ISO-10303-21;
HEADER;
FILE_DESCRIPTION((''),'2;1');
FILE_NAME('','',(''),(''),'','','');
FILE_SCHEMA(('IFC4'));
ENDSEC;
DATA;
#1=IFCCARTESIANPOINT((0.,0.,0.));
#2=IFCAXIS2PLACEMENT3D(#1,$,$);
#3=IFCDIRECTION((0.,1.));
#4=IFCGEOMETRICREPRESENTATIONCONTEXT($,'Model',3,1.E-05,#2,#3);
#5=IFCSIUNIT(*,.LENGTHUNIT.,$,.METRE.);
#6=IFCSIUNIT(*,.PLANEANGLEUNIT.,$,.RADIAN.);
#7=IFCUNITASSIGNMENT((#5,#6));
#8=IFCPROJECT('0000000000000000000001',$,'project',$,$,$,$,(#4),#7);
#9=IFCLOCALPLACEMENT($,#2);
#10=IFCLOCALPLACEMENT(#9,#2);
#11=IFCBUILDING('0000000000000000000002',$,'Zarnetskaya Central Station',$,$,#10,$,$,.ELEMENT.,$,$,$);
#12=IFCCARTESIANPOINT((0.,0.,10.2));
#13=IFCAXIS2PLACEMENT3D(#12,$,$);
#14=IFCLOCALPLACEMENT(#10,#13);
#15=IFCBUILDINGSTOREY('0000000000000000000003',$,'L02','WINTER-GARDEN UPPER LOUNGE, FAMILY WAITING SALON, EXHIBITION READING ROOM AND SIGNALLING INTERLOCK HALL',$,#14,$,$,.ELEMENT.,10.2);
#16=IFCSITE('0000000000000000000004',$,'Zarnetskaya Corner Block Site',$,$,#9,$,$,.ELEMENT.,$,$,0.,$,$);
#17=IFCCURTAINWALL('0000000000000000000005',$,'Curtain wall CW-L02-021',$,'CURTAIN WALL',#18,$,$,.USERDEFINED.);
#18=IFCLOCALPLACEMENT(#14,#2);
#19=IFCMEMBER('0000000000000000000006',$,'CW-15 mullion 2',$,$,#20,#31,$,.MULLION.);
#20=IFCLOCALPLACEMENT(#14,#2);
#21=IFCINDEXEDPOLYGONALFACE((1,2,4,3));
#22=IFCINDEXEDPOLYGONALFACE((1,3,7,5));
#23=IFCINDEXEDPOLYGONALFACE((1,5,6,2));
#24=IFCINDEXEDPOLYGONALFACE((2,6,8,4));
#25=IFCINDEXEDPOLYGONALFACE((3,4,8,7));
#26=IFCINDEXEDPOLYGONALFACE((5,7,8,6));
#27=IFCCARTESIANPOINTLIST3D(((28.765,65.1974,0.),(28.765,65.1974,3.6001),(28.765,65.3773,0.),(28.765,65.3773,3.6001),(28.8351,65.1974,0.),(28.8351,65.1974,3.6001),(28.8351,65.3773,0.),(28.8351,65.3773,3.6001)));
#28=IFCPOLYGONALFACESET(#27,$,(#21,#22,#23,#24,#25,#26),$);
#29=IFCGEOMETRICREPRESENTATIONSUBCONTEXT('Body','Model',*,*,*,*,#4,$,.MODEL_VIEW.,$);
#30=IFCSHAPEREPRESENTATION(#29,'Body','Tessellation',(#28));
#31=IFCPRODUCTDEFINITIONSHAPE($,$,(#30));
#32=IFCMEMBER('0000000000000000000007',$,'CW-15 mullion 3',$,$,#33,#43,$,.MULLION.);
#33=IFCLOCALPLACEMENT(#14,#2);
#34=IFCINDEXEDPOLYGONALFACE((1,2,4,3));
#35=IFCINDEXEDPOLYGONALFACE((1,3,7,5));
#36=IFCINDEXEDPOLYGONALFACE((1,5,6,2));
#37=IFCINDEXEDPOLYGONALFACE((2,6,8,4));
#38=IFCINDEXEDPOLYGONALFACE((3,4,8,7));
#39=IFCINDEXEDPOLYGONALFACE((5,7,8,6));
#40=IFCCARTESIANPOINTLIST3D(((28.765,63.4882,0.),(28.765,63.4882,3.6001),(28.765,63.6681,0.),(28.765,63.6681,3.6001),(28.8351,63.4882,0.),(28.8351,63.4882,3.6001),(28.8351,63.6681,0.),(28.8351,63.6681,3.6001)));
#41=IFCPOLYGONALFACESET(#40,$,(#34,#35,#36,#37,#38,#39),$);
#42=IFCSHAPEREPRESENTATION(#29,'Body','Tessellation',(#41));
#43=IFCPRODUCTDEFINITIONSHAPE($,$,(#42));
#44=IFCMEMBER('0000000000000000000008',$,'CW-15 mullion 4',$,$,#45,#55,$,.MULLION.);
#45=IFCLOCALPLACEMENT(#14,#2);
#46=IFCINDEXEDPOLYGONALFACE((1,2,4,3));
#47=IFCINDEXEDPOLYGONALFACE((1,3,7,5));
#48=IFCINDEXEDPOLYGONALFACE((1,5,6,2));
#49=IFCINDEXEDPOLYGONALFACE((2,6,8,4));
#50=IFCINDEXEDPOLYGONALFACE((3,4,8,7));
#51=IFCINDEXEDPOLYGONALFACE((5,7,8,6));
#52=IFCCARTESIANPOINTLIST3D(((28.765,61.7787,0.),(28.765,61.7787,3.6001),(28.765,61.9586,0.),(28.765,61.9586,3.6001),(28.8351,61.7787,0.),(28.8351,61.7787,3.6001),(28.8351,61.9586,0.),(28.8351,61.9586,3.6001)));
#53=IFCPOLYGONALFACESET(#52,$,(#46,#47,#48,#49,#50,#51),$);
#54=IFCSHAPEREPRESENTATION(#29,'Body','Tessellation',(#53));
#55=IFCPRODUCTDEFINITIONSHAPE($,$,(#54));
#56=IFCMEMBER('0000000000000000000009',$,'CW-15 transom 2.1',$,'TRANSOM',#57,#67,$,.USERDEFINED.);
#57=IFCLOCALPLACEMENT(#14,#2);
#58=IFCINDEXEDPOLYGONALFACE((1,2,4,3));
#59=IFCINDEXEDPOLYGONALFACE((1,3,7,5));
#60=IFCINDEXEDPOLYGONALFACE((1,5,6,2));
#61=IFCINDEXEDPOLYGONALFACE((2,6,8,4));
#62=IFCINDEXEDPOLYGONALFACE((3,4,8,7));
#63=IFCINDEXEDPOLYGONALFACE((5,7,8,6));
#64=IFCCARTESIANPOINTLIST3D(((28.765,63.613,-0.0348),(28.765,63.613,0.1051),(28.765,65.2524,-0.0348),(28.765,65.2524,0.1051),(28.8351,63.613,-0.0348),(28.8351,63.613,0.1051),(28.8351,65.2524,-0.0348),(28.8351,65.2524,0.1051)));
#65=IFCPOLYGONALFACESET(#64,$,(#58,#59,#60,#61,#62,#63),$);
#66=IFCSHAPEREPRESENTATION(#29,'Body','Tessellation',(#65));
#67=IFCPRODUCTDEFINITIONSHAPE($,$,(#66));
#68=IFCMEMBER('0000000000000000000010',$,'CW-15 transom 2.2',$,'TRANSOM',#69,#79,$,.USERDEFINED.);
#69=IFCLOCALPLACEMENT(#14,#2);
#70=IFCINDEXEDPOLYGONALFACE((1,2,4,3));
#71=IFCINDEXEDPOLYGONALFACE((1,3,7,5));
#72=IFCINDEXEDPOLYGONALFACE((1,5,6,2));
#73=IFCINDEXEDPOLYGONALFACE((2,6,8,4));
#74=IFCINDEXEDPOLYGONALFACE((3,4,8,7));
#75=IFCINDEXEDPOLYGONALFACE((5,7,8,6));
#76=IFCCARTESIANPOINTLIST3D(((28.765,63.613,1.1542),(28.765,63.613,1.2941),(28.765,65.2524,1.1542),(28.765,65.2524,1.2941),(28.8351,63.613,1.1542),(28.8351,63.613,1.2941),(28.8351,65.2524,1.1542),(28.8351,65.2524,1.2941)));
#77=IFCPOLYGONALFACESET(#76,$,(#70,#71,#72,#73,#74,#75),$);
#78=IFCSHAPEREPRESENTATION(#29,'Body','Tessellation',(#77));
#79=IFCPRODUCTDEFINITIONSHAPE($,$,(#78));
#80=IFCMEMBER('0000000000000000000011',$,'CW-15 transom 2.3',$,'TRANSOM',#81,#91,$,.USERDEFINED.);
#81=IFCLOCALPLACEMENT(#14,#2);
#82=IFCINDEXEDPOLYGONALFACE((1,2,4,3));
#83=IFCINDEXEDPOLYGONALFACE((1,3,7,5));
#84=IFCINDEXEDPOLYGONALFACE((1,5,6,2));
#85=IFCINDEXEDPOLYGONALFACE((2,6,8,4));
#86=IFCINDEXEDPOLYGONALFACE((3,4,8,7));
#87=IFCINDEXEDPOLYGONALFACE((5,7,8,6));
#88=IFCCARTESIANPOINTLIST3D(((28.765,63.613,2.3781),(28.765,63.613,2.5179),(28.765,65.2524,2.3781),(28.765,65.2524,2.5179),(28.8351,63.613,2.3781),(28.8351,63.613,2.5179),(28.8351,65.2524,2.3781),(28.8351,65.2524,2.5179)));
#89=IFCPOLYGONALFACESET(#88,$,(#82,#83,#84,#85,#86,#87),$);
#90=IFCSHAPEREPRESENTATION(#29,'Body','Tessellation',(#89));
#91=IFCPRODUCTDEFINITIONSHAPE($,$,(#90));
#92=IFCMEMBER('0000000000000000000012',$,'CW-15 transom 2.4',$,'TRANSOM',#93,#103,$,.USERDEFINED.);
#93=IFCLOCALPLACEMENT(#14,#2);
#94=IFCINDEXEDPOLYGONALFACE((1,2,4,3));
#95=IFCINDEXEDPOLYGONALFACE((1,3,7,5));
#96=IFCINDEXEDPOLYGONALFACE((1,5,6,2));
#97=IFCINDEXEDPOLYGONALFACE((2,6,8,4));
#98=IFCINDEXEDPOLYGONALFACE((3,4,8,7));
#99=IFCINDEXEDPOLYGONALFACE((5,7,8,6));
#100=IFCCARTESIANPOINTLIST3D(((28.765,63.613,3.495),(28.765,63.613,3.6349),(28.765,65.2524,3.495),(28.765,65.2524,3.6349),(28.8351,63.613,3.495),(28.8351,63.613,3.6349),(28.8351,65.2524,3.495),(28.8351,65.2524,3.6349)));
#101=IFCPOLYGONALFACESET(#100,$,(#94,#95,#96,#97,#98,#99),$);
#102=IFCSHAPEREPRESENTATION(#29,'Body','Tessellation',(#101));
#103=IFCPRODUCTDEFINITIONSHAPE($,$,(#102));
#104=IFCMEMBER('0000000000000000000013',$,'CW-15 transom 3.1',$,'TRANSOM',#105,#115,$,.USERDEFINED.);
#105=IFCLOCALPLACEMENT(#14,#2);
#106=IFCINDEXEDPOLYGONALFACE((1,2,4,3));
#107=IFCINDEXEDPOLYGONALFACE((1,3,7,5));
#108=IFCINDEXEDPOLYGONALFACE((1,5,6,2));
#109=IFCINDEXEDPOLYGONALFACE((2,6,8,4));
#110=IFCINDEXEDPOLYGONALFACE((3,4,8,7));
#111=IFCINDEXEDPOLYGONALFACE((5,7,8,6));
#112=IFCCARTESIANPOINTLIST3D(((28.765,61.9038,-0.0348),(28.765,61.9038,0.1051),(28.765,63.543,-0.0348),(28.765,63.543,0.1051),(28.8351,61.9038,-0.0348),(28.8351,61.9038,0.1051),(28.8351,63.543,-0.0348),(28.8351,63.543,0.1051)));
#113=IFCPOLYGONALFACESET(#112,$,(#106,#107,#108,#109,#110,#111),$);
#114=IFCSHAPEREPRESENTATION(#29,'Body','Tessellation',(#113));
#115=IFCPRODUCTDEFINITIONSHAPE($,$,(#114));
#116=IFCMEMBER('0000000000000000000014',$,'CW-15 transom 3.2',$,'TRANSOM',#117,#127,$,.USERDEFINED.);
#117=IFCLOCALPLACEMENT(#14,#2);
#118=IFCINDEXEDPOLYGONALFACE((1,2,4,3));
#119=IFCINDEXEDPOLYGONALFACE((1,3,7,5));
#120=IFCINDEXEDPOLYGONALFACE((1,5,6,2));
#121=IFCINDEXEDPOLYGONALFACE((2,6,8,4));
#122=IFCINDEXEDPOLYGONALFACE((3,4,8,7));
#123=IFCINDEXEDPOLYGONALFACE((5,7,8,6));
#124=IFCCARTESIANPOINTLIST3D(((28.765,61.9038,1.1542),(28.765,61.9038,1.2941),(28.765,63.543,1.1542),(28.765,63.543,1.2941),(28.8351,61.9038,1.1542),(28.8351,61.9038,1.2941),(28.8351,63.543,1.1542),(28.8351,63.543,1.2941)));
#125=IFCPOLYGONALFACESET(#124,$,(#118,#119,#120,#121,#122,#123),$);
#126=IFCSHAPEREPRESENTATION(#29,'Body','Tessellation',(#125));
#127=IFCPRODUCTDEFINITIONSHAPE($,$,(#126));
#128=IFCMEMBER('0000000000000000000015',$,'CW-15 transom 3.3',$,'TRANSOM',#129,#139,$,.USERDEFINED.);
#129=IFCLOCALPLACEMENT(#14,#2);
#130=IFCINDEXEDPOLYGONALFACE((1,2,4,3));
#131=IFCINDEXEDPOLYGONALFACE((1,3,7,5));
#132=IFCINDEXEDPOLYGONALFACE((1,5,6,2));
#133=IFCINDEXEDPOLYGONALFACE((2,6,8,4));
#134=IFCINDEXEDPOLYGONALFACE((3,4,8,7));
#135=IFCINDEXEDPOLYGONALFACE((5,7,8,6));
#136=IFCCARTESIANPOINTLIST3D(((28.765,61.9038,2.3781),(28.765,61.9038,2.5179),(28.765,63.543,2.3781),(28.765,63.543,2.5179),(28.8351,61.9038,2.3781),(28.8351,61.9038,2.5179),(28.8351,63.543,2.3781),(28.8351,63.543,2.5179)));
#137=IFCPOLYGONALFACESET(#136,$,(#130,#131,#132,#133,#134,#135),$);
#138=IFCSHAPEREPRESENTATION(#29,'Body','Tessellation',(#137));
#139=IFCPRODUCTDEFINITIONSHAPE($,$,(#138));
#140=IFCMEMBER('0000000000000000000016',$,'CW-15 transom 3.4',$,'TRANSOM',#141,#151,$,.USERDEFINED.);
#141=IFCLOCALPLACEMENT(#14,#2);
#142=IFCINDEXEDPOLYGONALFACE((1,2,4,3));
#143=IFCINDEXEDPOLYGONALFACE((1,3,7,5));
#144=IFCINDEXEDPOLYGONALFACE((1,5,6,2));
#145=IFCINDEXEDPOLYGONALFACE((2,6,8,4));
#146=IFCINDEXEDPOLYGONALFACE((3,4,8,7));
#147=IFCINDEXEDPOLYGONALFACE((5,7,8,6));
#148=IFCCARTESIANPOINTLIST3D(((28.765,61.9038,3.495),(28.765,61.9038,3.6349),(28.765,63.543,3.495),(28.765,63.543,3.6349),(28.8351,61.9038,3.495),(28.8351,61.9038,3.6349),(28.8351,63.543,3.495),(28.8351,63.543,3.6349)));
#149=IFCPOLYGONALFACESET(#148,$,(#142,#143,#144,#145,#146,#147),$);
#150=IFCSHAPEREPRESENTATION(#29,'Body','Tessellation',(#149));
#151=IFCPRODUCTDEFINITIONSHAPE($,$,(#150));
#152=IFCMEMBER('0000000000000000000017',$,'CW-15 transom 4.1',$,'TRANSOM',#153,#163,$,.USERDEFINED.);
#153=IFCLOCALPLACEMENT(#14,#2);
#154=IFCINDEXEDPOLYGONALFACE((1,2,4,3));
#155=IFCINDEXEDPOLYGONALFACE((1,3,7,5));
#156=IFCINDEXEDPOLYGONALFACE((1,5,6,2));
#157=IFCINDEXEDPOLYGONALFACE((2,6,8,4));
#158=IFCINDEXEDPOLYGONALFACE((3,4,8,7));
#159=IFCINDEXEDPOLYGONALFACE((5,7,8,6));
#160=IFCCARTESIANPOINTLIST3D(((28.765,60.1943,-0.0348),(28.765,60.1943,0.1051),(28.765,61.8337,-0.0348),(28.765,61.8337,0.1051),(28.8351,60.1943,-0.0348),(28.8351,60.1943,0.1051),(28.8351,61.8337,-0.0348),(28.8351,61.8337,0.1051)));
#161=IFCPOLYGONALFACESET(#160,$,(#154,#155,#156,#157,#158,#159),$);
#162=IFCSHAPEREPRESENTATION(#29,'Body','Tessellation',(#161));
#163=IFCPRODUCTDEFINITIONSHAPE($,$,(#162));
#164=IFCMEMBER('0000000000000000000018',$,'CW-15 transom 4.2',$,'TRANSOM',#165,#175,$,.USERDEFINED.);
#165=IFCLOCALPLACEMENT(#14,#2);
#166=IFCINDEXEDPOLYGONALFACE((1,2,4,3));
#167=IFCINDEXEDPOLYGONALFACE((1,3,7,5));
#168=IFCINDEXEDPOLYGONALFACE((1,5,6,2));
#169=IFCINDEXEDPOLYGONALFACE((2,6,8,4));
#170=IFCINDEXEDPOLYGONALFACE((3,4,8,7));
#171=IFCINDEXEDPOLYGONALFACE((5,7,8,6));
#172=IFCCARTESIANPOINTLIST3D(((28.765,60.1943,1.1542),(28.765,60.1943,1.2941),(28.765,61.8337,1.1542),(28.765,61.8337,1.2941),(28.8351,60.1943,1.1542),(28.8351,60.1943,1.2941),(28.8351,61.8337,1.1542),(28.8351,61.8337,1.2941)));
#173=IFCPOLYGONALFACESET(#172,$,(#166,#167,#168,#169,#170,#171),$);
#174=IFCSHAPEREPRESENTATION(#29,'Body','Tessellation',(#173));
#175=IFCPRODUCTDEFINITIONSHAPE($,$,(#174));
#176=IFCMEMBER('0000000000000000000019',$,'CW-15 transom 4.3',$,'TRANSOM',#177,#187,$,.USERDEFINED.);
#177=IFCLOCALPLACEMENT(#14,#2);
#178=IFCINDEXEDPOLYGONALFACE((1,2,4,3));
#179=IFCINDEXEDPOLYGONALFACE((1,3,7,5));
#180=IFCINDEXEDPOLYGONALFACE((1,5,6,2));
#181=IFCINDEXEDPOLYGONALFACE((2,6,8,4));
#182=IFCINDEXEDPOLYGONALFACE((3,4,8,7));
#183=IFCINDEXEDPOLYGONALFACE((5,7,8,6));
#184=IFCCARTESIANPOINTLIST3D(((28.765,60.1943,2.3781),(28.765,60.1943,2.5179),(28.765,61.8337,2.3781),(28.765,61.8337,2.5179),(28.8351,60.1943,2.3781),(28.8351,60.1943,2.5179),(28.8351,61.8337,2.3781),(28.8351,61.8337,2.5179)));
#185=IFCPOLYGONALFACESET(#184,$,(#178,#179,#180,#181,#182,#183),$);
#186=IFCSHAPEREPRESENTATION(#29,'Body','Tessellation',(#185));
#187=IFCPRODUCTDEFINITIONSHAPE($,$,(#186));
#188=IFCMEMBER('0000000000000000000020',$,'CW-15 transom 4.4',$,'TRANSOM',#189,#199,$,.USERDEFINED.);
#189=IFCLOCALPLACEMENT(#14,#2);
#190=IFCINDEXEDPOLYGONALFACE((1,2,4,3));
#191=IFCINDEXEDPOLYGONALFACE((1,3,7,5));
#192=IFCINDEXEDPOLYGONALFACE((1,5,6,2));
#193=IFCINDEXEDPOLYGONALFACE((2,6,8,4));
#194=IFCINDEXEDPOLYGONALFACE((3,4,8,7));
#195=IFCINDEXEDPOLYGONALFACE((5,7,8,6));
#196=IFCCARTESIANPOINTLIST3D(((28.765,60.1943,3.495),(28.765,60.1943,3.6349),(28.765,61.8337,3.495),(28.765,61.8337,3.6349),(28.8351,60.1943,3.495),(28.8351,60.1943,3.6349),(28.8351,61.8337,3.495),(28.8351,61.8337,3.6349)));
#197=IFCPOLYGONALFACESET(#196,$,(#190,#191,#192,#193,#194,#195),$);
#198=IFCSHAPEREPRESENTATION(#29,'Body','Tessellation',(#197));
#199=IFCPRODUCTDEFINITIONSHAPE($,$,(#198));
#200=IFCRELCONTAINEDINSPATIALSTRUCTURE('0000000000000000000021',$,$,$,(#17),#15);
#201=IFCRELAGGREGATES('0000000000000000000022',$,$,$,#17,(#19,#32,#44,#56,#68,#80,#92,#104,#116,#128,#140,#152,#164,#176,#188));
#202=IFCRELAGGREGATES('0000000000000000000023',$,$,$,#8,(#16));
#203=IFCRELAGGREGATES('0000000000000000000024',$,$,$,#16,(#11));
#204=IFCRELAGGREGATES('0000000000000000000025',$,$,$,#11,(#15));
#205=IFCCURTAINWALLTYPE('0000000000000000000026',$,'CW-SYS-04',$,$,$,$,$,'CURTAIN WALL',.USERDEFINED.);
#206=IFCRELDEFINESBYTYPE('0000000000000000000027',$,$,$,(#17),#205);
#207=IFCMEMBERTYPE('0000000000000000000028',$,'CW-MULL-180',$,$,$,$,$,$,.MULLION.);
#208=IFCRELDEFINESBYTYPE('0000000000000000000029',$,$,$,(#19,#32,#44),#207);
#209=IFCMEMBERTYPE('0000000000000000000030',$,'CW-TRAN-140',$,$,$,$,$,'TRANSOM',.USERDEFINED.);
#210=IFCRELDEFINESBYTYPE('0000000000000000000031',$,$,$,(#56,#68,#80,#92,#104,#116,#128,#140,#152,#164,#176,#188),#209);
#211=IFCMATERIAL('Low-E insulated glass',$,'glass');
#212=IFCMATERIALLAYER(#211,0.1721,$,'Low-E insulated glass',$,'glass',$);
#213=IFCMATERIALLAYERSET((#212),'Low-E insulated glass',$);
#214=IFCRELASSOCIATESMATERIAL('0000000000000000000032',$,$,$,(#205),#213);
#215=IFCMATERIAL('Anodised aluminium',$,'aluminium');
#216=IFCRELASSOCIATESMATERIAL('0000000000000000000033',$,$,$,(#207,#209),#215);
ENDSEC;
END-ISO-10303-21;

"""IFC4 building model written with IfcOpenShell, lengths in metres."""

from ifc_helpers import new_model, si_unit, direction, frame, origin, origin_2d, place, context, subcontext, project, spatial, rectangle, extrude, material, layer, layer_set, material_profile, profile_set, type_object, element, aggregate, save


model = new_model("IFC4")

# Units and contexts
model_context = context("Model", 3, precision=1e-05, world=origin(), true_north=direction((0.0, 1.0)))
body_context = subcontext(model_context, "Body", "Model", "MODEL_VIEW")
ifc_project = project(units=[si_unit("LENGTHUNIT", "METRE"), si_unit("PLANEANGLEUNIT", "RADIAN")], contexts=[model_context])

# Site, building, storey
site_placement = place(None, origin())
site = spatial("IfcSite", under=ifc_project, at=site_placement, Name="Zarnetskaya Corner Block Site", CompositionType="ELEMENT", RefElevation=0.0)
building_placement = place(site_placement, origin())
building = spatial("IfcBuilding", under=site, at=building_placement, Name="Zarnetskaya Central Station", CompositionType="ELEMENT")
storey_placement = place(building_placement, frame((0.0, 0.0, 10.2)))
storey = spatial("IfcBuildingStorey", under=building, at=storey_placement, Name="L02", Description="WINTER-GARDEN UPPER LOUNGE, FAMILY WAITING SALON, EXHIBITION READING ROOM AND SIGNALLING INTERLOCK HALL", CompositionType="ELEMENT", Elevation=10.2)

# Curtain wall, members
ifc_material_1 = material(Name="Low-E insulated glass", Category="glass")
ifc_layer_1 = layer(ifc_material_1, 0.1721, Name="Low-E insulated glass", Category="glass")
ifc_layer_set_1 = layer_set([ifc_layer_1], Name="Low-E insulated glass")
curtain_wall_type = type_object("IfcCurtainWallType", Name="CW-SYS-04", ElementType="CURTAIN WALL", PredefinedType="USERDEFINED", material=ifc_layer_set_1)
curtain_wall_placement = place(storey_placement, origin())
curtain_wall = element("IfcCurtainWall", 1, at=curtain_wall_placement, inside=storey, type_object=curtain_wall_type, Name="Curtain wall CW-L02-021", ObjectType="CURTAIN WALL", PredefinedType="USERDEFINED")
ifc_material_2 = material(Name="Anodised aluminium", Category="aluminium")
ifc_material_profile_1 = material_profile(ifc_material_2, rectangle(XDim=0.0701, YDim=0.1799, at=origin_2d()), Name="ALU MULL 70x180")
ifc_profile_set_1 = profile_set([ifc_material_profile_1], Name="Anodised aluminium")
member_type_1 = type_object("IfcMemberType", Name="CW-MULL-180", PredefinedType="MULLION", material=ifc_profile_set_1)
member_1_placement = place(storey_placement, frame((28.8, 65.2874, 0.0), z_axis=(0.0, 0.0, 1.0), x_axis=(1.0, 0.0, 0.0)))
member_1 = element("IfcMember", 2, at=member_1_placement, type_object=member_type_1, Name="CW-15 mullion 2", PredefinedType="MULLION", context=body_context, shape_type="SweptSolid", body=[
    extrude(rectangle(XDim=0.0701, YDim=0.1799, at=origin_2d()), origin(), (0.0, 0.0, 1.0), 3.6001),
])
member_2_placement = place(storey_placement, frame((28.8, 63.5781, 0.0), z_axis=(0.0, 0.0, 1.0), x_axis=(1.0, 0.0, 0.0)))
member_2 = element("IfcMember", 3, at=member_2_placement, type_object=member_type_1, Name="CW-15 mullion 3", PredefinedType="MULLION", context=body_context, shape_type="SweptSolid", body=[
    extrude(rectangle(XDim=0.0701, YDim=0.1799, at=origin_2d()), origin(), (0.0, 0.0, 1.0), 3.6001),
])
member_3_placement = place(storey_placement, frame((28.8, 61.8687, 0.0), z_axis=(0.0, 0.0, 1.0), x_axis=(1.0, 0.0, 0.0)))
member_3 = element("IfcMember", 4, at=member_3_placement, type_object=member_type_1, Name="CW-15 mullion 4", PredefinedType="MULLION", context=body_context, shape_type="SweptSolid", body=[
    extrude(rectangle(XDim=0.0701, YDim=0.1799, at=origin_2d()), origin(), (0.0, 0.0, 1.0), 3.6001),
])
ifc_material_profile_2 = material_profile(ifc_material_2, rectangle(XDim=0.0701, YDim=0.1399, at=origin_2d()), Name="ALU TRAN 70x140")
ifc_profile_set_2 = profile_set([ifc_material_profile_2], Name="Anodised aluminium")
member_type_2 = type_object("IfcMemberType", Name="CW-TRAN-140", ElementType="TRANSOM", PredefinedType="USERDEFINED", material=ifc_profile_set_2)
member_4_placement = place(storey_placement, frame((28.8, 65.2524, 0.0352), z_axis=(0.0, -1.0, 0.0), x_axis=(1.0, 0.0, 0.0)))
member_4 = element("IfcMember", 5, at=member_4_placement, type_object=member_type_2, Name="CW-15 transom 2.1", ObjectType="TRANSOM", PredefinedType="USERDEFINED", context=body_context, shape_type="SweptSolid", body=[
    extrude(rectangle(XDim=0.0701, YDim=0.1399, at=origin_2d()), origin(), (0.0, 0.0, 1.0), 1.6394),
])
member_5_placement = place(storey_placement, frame((28.8, 65.2524, 1.2241), z_axis=(0.0, -1.0, 0.0), x_axis=(1.0, 0.0, 0.0)))
member_5 = element("IfcMember", 6, at=member_5_placement, type_object=member_type_2, Name="CW-15 transom 2.2", ObjectType="TRANSOM", PredefinedType="USERDEFINED", context=body_context, shape_type="SweptSolid", body=[
    extrude(rectangle(XDim=0.0701, YDim=0.1399, at=origin_2d()), origin(), (0.0, 0.0, 1.0), 1.6394),
])
member_6_placement = place(storey_placement, frame((28.8, 65.2524, 2.448), z_axis=(0.0, -1.0, 0.0), x_axis=(1.0, 0.0, 0.0)))
member_6 = element("IfcMember", 7, at=member_6_placement, type_object=member_type_2, Name="CW-15 transom 2.3", ObjectType="TRANSOM", PredefinedType="USERDEFINED", context=body_context, shape_type="SweptSolid", body=[
    extrude(rectangle(XDim=0.0701, YDim=0.1399, at=origin_2d()), origin(), (0.0, 0.0, 1.0), 1.6394),
])
member_7_placement = place(storey_placement, frame((28.8, 65.2524, 3.5649), z_axis=(0.0, -1.0, 0.0), x_axis=(1.0, 0.0, 0.0)))
member_7 = element("IfcMember", 8, at=member_7_placement, type_object=member_type_2, Name="CW-15 transom 2.4", ObjectType="TRANSOM", PredefinedType="USERDEFINED", context=body_context, shape_type="SweptSolid", body=[
    extrude(rectangle(XDim=0.0701, YDim=0.1399, at=origin_2d()), origin(), (0.0, 0.0, 1.0), 1.6394),
])
member_8_placement = place(storey_placement, frame((28.8, 63.543, 0.0352), z_axis=(0.0, -1.0, 0.0), x_axis=(1.0, 0.0, 0.0)))
member_8 = element("IfcMember", 9, at=member_8_placement, type_object=member_type_2, Name="CW-15 transom 3.1", ObjectType="TRANSOM", PredefinedType="USERDEFINED", context=body_context, shape_type="SweptSolid", body=[
    extrude(rectangle(XDim=0.0701, YDim=0.1399, at=origin_2d()), origin(), (0.0, 0.0, 1.0), 1.6392),
])
member_9_placement = place(storey_placement, frame((28.8, 63.543, 1.2241), z_axis=(0.0, -1.0, 0.0), x_axis=(1.0, 0.0, 0.0)))
member_9 = element("IfcMember", 10, at=member_9_placement, type_object=member_type_2, Name="CW-15 transom 3.2", ObjectType="TRANSOM", PredefinedType="USERDEFINED", context=body_context, shape_type="SweptSolid", body=[
    extrude(rectangle(XDim=0.0701, YDim=0.1399, at=origin_2d()), origin(), (0.0, 0.0, 1.0), 1.6392),
])
member_10_placement = place(storey_placement, frame((28.8, 63.543, 2.448), z_axis=(0.0, -1.0, 0.0), x_axis=(1.0, 0.0, 0.0)))
member_10 = element("IfcMember", 11, at=member_10_placement, type_object=member_type_2, Name="CW-15 transom 3.3", ObjectType="TRANSOM", PredefinedType="USERDEFINED", context=body_context, shape_type="SweptSolid", body=[
    extrude(rectangle(XDim=0.0701, YDim=0.1399, at=origin_2d()), origin(), (0.0, 0.0, 1.0), 1.6392),
])
member_11_placement = place(storey_placement, frame((28.8, 63.543, 3.5649), z_axis=(0.0, -1.0, 0.0), x_axis=(1.0, 0.0, 0.0)))
member_11 = element("IfcMember", 12, at=member_11_placement, type_object=member_type_2, Name="CW-15 transom 3.4", ObjectType="TRANSOM", PredefinedType="USERDEFINED", context=body_context, shape_type="SweptSolid", body=[
    extrude(rectangle(XDim=0.0701, YDim=0.1399, at=origin_2d()), origin(), (0.0, 0.0, 1.0), 1.6392),
])
member_12_placement = place(storey_placement, frame((28.8, 61.8337, 0.0352), z_axis=(0.0, -1.0, 0.0), x_axis=(1.0, 0.0, 0.0)))
member_12 = element("IfcMember", 13, at=member_12_placement, type_object=member_type_2, Name="CW-15 transom 4.1", ObjectType="TRANSOM", PredefinedType="USERDEFINED", context=body_context, shape_type="SweptSolid", body=[
    extrude(rectangle(XDim=0.0701, YDim=0.1399, at=origin_2d()), origin(), (0.0, 0.0, 1.0), 1.6394),
])
member_13_placement = place(storey_placement, frame((28.8, 61.8337, 1.2241), z_axis=(0.0, -1.0, 0.0), x_axis=(1.0, 0.0, 0.0)))
member_13 = element("IfcMember", 14, at=member_13_placement, type_object=member_type_2, Name="CW-15 transom 4.2", ObjectType="TRANSOM", PredefinedType="USERDEFINED", context=body_context, shape_type="SweptSolid", body=[
    extrude(rectangle(XDim=0.0701, YDim=0.1399, at=origin_2d()), origin(), (0.0, 0.0, 1.0), 1.6394),
])
member_14_placement = place(storey_placement, frame((28.8, 61.8337, 2.448), z_axis=(0.0, -1.0, 0.0), x_axis=(1.0, 0.0, 0.0)))
member_14 = element("IfcMember", 15, at=member_14_placement, type_object=member_type_2, Name="CW-15 transom 4.3", ObjectType="TRANSOM", PredefinedType="USERDEFINED", context=body_context, shape_type="SweptSolid", body=[
    extrude(rectangle(XDim=0.0701, YDim=0.1399, at=origin_2d()), origin(), (0.0, 0.0, 1.0), 1.6394),
])
member_15_placement = place(storey_placement, frame((28.8, 61.8337, 3.5649), z_axis=(0.0, -1.0, 0.0), x_axis=(1.0, 0.0, 0.0)))
member_15 = element("IfcMember", 16, at=member_15_placement, type_object=member_type_2, Name="CW-15 transom 4.4", ObjectType="TRANSOM", PredefinedType="USERDEFINED", context=body_context, shape_type="SweptSolid", body=[
    extrude(rectangle(XDim=0.0701, YDim=0.1399, at=origin_2d()), origin(), (0.0, 0.0, 1.0), 1.6394),
])
aggregate(curtain_wall, [member_1, member_2, member_3, member_4, member_5, member_6, member_7, member_8, member_9, member_10, member_11, member_12, member_13, member_14, member_15])

save(model, "model.ifc")
